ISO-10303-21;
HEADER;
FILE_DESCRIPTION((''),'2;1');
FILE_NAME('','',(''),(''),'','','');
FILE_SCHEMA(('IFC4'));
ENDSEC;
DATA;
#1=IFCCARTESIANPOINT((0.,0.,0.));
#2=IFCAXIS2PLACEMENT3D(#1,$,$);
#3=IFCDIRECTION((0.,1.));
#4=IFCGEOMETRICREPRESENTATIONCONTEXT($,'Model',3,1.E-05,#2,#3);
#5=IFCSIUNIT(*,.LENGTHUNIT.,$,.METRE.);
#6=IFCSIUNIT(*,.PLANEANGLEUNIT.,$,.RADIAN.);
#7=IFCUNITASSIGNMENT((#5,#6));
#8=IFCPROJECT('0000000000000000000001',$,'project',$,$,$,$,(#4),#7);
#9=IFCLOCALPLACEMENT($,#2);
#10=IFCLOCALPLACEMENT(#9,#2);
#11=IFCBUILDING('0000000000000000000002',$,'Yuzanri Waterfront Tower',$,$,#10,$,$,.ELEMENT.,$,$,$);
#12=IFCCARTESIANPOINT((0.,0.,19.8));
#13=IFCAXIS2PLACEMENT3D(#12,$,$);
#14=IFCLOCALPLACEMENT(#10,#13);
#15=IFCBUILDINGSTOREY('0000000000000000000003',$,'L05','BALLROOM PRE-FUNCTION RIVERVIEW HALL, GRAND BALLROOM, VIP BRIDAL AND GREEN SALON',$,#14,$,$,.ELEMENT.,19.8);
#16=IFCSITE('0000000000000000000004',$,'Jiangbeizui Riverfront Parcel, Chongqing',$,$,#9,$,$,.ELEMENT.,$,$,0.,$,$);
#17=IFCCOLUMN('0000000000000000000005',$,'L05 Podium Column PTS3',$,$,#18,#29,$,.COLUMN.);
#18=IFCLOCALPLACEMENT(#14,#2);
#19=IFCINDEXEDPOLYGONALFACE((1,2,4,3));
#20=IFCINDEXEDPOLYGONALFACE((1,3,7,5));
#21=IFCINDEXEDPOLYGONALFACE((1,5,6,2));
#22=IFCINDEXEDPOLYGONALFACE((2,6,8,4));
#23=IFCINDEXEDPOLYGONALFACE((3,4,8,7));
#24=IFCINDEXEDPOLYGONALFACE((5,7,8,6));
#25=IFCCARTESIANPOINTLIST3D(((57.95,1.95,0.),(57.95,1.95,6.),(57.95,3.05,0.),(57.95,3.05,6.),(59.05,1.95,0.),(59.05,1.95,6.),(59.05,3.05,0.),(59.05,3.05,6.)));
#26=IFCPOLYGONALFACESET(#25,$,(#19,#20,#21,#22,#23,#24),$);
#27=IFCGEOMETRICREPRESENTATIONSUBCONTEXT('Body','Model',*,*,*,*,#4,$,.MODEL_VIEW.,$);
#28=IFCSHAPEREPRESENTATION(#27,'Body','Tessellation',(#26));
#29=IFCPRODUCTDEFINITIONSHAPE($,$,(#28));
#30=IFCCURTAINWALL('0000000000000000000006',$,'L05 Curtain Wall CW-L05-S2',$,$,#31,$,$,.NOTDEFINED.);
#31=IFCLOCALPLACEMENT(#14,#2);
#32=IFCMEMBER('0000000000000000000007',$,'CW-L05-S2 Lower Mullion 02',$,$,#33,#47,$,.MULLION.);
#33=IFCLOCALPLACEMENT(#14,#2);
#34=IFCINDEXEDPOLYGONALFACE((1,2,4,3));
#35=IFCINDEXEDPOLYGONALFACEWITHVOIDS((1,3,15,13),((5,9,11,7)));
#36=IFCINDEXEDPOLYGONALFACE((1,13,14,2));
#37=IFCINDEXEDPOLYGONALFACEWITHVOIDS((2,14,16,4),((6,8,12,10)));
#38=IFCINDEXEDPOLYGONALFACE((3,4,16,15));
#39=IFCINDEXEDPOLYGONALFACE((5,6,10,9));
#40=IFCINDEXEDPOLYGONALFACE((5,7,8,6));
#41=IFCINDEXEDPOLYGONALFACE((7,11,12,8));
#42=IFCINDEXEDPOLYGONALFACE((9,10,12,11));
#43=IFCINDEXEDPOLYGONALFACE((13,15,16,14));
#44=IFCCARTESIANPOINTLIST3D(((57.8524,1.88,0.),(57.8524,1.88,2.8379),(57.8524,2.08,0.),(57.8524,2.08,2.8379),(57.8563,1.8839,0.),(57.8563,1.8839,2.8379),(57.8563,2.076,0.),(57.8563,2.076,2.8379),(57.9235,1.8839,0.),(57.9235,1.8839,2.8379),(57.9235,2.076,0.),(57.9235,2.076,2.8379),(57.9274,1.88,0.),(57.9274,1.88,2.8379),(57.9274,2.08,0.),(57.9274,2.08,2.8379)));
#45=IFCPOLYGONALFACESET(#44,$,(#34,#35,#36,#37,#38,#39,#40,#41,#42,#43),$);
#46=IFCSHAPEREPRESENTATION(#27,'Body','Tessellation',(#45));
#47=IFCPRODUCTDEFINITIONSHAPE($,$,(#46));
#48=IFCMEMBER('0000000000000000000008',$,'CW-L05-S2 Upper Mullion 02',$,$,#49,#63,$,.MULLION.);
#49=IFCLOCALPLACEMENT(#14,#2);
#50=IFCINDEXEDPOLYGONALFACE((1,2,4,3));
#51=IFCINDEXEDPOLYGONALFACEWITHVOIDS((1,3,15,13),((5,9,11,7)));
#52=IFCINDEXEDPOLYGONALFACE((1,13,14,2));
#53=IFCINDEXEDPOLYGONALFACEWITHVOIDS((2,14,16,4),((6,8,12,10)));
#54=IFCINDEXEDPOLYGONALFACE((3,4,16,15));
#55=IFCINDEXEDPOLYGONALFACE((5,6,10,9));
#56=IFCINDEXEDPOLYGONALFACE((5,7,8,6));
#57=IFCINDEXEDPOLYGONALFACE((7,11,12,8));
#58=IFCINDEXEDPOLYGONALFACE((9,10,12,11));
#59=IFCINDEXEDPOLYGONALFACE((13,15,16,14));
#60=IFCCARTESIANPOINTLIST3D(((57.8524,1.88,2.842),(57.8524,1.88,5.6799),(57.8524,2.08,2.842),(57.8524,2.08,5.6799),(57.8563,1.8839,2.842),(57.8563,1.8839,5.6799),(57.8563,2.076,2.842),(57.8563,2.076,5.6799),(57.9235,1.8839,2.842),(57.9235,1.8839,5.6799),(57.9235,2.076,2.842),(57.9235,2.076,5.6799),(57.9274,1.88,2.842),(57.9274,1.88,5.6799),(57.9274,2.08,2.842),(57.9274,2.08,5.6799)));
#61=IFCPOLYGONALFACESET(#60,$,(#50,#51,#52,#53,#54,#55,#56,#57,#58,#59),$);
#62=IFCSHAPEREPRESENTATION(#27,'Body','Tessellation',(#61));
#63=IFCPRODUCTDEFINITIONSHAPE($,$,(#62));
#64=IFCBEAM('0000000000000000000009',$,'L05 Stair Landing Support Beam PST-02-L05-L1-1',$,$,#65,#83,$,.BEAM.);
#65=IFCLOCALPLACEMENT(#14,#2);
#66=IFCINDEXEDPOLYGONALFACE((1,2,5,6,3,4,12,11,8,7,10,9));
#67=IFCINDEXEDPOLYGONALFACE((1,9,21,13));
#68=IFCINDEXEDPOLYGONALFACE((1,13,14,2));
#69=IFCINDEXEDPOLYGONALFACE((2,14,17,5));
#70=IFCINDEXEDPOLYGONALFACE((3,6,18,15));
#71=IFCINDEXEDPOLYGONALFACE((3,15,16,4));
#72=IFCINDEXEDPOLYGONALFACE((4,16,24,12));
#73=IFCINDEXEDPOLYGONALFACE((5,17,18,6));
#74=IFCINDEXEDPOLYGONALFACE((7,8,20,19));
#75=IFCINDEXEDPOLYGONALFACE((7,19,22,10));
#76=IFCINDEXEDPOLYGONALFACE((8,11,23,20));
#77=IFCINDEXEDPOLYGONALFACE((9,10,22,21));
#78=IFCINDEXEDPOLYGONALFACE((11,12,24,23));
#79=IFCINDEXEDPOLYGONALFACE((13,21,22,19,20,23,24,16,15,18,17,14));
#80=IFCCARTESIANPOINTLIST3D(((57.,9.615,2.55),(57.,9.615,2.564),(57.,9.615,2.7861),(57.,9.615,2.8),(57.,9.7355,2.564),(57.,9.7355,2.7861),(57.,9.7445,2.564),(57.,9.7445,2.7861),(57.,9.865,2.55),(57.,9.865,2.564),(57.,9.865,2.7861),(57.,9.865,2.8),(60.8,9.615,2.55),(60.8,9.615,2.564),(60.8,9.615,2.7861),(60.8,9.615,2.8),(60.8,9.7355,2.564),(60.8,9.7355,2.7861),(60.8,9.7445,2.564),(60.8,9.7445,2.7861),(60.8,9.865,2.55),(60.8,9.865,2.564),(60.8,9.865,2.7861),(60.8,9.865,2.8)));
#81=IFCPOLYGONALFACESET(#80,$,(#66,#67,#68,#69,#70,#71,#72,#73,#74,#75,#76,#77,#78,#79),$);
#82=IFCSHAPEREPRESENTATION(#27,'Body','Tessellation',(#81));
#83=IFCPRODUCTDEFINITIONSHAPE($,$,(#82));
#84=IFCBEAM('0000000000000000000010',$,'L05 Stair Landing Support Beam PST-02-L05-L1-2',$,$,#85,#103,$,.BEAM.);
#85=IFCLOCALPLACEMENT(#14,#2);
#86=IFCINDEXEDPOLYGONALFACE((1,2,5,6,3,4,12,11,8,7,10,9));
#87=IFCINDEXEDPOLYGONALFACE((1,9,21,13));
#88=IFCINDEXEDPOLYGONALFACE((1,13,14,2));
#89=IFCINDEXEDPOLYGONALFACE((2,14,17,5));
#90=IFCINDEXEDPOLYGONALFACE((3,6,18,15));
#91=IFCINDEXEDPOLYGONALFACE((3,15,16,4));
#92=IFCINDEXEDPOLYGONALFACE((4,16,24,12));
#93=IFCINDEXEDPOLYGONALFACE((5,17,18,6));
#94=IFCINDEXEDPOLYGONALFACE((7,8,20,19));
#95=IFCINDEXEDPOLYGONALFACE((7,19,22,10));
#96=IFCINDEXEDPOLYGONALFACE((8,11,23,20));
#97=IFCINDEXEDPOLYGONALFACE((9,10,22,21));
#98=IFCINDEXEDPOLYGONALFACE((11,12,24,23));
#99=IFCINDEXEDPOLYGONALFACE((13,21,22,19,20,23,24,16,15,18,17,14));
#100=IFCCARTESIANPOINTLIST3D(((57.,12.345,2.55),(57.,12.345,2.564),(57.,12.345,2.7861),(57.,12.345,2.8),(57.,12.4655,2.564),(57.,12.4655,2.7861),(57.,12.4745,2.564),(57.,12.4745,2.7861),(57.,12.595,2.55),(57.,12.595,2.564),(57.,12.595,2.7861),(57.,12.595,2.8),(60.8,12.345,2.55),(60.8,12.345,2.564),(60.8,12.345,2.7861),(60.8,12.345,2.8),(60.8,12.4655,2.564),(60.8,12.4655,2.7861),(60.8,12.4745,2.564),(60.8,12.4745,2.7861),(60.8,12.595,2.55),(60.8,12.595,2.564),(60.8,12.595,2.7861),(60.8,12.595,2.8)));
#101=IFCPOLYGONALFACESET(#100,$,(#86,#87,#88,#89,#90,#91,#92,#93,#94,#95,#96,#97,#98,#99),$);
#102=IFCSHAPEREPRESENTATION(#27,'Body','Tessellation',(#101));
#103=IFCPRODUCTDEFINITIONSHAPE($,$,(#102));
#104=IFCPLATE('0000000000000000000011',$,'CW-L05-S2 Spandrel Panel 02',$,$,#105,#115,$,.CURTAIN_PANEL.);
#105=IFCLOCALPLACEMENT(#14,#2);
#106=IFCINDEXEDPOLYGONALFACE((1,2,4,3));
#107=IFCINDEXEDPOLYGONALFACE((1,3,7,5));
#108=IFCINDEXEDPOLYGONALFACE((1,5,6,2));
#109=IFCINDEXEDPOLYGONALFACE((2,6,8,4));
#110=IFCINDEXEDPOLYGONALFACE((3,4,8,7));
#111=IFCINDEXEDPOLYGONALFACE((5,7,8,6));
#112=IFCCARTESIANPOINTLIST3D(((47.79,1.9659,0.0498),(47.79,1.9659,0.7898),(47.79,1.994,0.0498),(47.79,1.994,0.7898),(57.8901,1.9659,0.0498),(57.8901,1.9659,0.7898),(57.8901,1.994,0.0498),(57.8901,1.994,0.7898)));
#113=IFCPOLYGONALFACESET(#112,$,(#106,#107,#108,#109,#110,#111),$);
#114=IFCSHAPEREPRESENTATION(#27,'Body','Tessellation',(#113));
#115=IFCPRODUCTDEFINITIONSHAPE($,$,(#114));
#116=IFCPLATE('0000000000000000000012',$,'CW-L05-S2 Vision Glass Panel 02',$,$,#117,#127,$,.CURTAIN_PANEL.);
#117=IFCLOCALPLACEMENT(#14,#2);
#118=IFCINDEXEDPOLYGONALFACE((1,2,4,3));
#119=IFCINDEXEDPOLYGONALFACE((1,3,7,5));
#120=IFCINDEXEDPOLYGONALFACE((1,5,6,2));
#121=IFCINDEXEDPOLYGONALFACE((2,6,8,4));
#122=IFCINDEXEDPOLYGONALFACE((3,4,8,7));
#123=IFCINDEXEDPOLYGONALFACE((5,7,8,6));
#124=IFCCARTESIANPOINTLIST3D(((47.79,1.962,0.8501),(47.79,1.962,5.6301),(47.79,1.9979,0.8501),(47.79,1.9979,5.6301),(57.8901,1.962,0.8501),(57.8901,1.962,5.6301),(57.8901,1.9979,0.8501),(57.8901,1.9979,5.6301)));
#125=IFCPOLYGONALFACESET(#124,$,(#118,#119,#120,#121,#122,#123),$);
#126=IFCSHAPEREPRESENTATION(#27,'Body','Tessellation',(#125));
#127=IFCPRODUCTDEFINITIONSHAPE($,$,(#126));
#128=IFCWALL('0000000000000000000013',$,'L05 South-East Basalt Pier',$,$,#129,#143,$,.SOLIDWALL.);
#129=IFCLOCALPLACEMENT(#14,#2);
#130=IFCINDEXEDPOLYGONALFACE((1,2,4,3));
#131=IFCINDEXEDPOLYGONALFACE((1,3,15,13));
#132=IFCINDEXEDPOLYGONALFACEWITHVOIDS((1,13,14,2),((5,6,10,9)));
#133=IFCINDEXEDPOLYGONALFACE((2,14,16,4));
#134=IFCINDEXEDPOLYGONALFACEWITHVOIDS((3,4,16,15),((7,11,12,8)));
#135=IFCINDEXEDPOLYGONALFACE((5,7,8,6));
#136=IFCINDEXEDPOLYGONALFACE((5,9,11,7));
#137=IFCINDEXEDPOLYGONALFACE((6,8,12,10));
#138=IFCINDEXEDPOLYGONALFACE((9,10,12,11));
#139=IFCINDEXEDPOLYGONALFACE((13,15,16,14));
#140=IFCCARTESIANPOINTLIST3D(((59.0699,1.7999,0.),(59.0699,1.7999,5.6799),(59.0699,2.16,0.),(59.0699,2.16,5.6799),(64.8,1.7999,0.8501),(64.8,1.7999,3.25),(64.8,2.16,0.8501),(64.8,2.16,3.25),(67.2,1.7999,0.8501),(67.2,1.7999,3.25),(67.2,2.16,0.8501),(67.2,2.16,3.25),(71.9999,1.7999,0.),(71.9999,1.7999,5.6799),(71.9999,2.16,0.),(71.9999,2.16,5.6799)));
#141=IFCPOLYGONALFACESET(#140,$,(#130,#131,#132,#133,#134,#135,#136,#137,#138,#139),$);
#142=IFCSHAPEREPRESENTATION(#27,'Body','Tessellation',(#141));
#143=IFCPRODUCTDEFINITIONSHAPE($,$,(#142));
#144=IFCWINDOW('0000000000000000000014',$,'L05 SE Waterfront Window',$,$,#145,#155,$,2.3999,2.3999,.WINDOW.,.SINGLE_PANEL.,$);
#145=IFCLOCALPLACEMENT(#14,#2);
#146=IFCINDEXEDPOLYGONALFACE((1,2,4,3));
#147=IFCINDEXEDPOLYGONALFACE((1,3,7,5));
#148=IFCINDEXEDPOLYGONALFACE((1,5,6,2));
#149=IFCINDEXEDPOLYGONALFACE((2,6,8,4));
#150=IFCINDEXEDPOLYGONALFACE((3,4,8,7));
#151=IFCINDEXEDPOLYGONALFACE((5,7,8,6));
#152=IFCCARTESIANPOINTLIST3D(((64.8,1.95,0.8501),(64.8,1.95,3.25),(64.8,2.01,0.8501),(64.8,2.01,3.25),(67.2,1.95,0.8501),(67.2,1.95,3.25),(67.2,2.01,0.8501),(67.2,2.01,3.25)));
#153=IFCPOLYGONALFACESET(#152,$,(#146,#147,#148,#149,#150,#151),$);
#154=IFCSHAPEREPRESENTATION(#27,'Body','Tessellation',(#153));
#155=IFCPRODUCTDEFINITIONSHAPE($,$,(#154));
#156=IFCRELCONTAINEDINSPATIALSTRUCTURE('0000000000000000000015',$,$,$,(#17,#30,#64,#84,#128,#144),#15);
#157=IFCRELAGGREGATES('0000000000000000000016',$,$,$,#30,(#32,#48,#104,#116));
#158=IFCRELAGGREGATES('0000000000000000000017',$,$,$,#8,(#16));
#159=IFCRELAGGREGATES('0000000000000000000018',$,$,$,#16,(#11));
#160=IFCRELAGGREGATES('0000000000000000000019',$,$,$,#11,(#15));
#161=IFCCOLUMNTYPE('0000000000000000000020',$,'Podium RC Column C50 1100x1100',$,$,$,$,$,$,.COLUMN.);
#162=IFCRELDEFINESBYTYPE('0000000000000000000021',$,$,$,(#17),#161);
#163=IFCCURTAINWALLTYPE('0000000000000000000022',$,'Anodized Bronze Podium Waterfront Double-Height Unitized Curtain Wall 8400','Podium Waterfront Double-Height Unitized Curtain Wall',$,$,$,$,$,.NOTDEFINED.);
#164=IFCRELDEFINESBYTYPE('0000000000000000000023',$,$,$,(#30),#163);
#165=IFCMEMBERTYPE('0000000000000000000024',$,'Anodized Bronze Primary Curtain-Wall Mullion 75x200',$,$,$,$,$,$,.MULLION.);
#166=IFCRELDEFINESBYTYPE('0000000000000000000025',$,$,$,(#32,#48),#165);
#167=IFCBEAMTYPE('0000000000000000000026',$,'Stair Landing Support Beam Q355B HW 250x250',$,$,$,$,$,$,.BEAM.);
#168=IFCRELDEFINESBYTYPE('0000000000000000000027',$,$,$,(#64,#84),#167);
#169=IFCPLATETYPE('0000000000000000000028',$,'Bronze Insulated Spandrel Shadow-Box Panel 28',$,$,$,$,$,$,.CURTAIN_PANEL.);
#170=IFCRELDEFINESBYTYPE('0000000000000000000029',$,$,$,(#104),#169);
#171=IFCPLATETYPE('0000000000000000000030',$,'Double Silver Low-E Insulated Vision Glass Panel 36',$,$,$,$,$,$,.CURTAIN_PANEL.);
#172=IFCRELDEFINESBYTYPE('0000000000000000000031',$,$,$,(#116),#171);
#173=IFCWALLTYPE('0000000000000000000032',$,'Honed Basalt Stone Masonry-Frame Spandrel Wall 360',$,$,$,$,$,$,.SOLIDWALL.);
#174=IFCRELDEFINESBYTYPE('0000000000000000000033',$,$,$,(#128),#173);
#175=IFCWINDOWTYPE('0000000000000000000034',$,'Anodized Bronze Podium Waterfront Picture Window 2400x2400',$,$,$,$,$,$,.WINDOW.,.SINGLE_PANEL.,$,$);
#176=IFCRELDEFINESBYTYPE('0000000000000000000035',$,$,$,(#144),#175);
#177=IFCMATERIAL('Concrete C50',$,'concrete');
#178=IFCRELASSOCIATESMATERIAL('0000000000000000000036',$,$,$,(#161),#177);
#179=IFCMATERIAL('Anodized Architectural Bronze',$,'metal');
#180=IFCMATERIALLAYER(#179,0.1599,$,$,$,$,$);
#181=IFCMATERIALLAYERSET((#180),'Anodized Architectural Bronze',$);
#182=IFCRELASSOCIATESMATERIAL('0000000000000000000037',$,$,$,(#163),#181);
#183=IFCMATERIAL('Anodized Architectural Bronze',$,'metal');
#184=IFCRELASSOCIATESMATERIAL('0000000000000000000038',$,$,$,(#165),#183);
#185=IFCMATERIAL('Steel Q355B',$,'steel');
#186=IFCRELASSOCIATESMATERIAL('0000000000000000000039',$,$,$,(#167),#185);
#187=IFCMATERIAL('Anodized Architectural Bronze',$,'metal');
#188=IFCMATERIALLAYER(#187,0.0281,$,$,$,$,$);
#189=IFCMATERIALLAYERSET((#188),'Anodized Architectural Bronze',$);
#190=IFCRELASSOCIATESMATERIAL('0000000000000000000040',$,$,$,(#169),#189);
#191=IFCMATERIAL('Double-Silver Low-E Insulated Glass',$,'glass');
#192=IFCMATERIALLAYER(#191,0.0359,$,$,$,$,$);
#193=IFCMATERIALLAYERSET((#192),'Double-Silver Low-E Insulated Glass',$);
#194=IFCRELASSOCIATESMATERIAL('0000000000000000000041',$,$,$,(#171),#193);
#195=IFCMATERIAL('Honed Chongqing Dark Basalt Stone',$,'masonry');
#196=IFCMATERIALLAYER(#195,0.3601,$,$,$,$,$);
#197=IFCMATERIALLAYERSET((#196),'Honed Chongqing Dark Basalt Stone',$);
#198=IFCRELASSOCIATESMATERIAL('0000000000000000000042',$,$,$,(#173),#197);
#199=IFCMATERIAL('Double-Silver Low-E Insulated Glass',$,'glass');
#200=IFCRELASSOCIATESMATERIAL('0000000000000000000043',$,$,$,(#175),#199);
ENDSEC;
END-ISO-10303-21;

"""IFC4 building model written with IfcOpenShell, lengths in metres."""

from ifc_helpers import new_model, si_unit, direction, frame, frame_2d, origin, origin_2d, place, context, subcontext, project, spatial, rectangle, hollow_rectangle, i_section, extrude, source, transform, mapped, material, layer, layer_set, material_profile, profile_set, type_object, element, fill, aggregate, save


model = new_model("IFC4")

# Units and contexts
model_context = context("Model", 3, precision=1e-05, world=origin(), true_north=direction((0.0, 1.0)))
body_context = subcontext(model_context, "Body", "Model", "MODEL_VIEW")
ifc_project = project(units=[si_unit("LENGTHUNIT", "METRE"), si_unit("PLANEANGLEUNIT", "RADIAN")], contexts=[model_context])

# Site, building, storey
site_placement = place(None, origin())
site = spatial("IfcSite", under=ifc_project, at=site_placement, Name="Jiangbeizui Riverfront Parcel, Chongqing", CompositionType="ELEMENT", RefElevation=0.0)
building_placement = place(site_placement, origin())
building = spatial("IfcBuilding", under=site, at=building_placement, Name="Yuzanri Waterfront Tower", CompositionType="ELEMENT")
storey_placement = place(building_placement, frame((0.0, 0.0, 19.8)))
storey = spatial("IfcBuildingStorey", under=building, at=storey_placement, Name="L05", Description="BALLROOM PRE-FUNCTION RIVERVIEW HALL, GRAND BALLROOM, VIP BRIDAL AND GREEN SALON", CompositionType="ELEMENT", Elevation=19.8)

# Column
ifc_material_1 = material(Name="Concrete C50", Category="concrete")
ifc_material_profile_1 = material_profile(ifc_material_1, rectangle(XDim=1.1001, YDim=1.1001, at=origin_2d()), Name="RC 1100x1100")
ifc_profile_set_1 = profile_set([ifc_material_profile_1], Name="Concrete C50")
column_type = type_object("IfcColumnType", Name="Podium RC Column C50 1100x1100", PredefinedType="COLUMN", material=ifc_profile_set_1)
shared_shape_1 = source(origin(), body_context, "Body", "SweptSolid", [
    extrude(rectangle(XDim=1.1001, YDim=1.1001, at=origin_2d()), origin(), (0.0, 0.0, 1.0), 6.0),
])
column_placement = place(storey_placement, frame((58.5, 2.5, 0.0), z_axis=(0.0, 0.0, 1.0), x_axis=(1.0, 0.0, 0.0)))
element("IfcColumn", 1, at=column_placement, inside=storey, type_object=column_type, Name="L05 Podium Column PTS3", PredefinedType="COLUMN", context=body_context, shape_type="MappedRepresentation", body=[
    mapped(shared_shape_1, transform((0.0, 0.0, 0.0), scale=1.0)),
])

# Curtain wall, members
ifc_material_2 = material(Name="Anodized Architectural Bronze", Category="metal")
ifc_layer_1 = layer(ifc_material_2, 0.1599)
ifc_layer_set_1 = layer_set([ifc_layer_1], Name="Anodized Architectural Bronze")
curtain_wall_type = type_object("IfcCurtainWallType", Name="Anodized Bronze Podium Waterfront Double-Height Unitized Curtain Wall 8400", Description="Podium Waterfront Double-Height Unitized Curtain Wall", PredefinedType="NOTDEFINED", material=ifc_layer_set_1)
curtain_wall_placement = place(storey_placement, origin())
curtain_wall = element("IfcCurtainWall", 2, at=curtain_wall_placement, inside=storey, type_object=curtain_wall_type, Name="L05 Curtain Wall CW-L05-S2", PredefinedType="NOTDEFINED")
ifc_material_3 = material(Name="Anodized Architectural Bronze", Category="metal")
ifc_material_profile_2 = material_profile(ifc_material_3, hollow_rectangle(XDim=0.075, YDim=0.2, WallThickness=0.0039, at=origin_2d()), Name="CWM 75x200")
ifc_profile_set_2 = profile_set([ifc_material_profile_2], Name="Anodized Architectural Bronze")
member_type = type_object("IfcMemberType", Name="Anodized Bronze Primary Curtain-Wall Mullion 75x200", PredefinedType="MULLION", material=ifc_profile_set_2)
shared_shape_2 = source(origin(), body_context, "Body", "SweptSolid", [
    extrude(hollow_rectangle(XDim=0.075, YDim=0.2, WallThickness=0.0039, at=origin_2d()), origin(), (0.0, 0.0, 1.0), 2.8379),
])
member_1_placement = place(storey_placement, frame((57.8899, 1.98, 0.0), z_axis=(0.0, 0.0, 1.0), x_axis=(1.0, 0.0, 0.0)))
member_1 = element("IfcMember", 3, at=member_1_placement, type_object=member_type, Name="CW-L05-S2 Lower Mullion 02", PredefinedType="MULLION", context=body_context, shape_type="MappedRepresentation", body=[
    mapped(shared_shape_2, transform((0.0, 0.0, 0.0), scale=1.0)),
])
member_2_placement = place(storey_placement, frame((57.8899, 1.98, 2.842), z_axis=(0.0, 0.0, 1.0), x_axis=(1.0, 0.0, 0.0)))
member_2 = element("IfcMember", 4, at=member_2_placement, type_object=member_type, Name="CW-L05-S2 Upper Mullion 02", PredefinedType="MULLION", context=body_context, shape_type="MappedRepresentation", body=[
    mapped(shared_shape_2, transform((0.0, 0.0, 0.0), scale=1.0)),
])

# Beams
ifc_material_4 = material(Name="Steel Q355B", Category="steel")
ifc_material_profile_3 = material_profile(ifc_material_4, i_section(OverallWidth=0.25, OverallDepth=0.25, WebThickness=0.009, FlangeThickness=0.0139, at=origin_2d()), Name="HW 250x250x9x14")
ifc_profile_set_3 = profile_set([ifc_material_profile_3], Name="Steel Q355B")
beam_type = type_object("IfcBeamType", Name="Stair Landing Support Beam Q355B HW 250x250", PredefinedType="BEAM", material=ifc_profile_set_3)
shared_shape_3 = source(origin(), body_context, "Body", "SweptSolid", [
    extrude(i_section(OverallWidth=0.25, OverallDepth=0.25, WebThickness=0.009, FlangeThickness=0.0139, at=origin_2d()), origin(), (0.0, 0.0, 1.0), 3.8),
])
for number, where, z_axis, x_axis, name in (
    (5, (57.0, 9.74, 2.675), (1.0, 0.0, 0.0), (0.0, 1.0, 0.0), "L05 Stair Landing Support Beam PST-02-L05-L1-1"),
    (6, (57.0, 12.47, 2.675), (1.0, 0.0, 0.0), (0.0, 1.0, 0.0), "L05 Stair Landing Support Beam PST-02-L05-L1-2"),
):
    element("IfcBeam", number, at=place(storey_placement, frame(where, z_axis=z_axis, x_axis=x_axis)), inside=storey, type_object=beam_type, Name=name, PredefinedType="BEAM", context=body_context, shape_type="MappedRepresentation", body=[
        mapped(shared_shape_3, transform((0.0, 0.0, 0.0), scale=1.0)),
    ])

# Plates
ifc_material_5 = material(Name="Anodized Architectural Bronze", Category="metal")
ifc_layer_2 = layer(ifc_material_5, 0.0281)
ifc_layer_set_2 = layer_set([ifc_layer_2], Name="Anodized Architectural Bronze")
plate_type_1 = type_object("IfcPlateType", Name="Bronze Insulated Spandrel Shadow-Box Panel 28", PredefinedType="CURTAIN_PANEL", material=ifc_layer_set_2)
shared_shape_4 = source(origin(), body_context, "Body", "SweptSolid", [
    extrude(rectangle(XDim=10.1001, YDim=0.0281, at=origin_2d()), origin(), (0.0, 0.0, 1.0), 0.74),
])
plate_1_placement = place(storey_placement, frame((52.8401, 1.98, 0.0498), z_axis=(0.0, 0.0, 1.0), x_axis=(1.0, 0.0, 0.0)))
plate_1 = element("IfcPlate", 7, at=plate_1_placement, type_object=plate_type_1, Name="CW-L05-S2 Spandrel Panel 02", PredefinedType="CURTAIN_PANEL", context=body_context, shape_type="MappedRepresentation", body=[
    mapped(shared_shape_4, transform((0.0, 0.0, 0.0), scale=1.0)),
])
ifc_material_6 = material(Name="Double-Silver Low-E Insulated Glass", Category="glass")
ifc_layer_3 = layer(ifc_material_6, 0.0359)
ifc_layer_set_3 = layer_set([ifc_layer_3], Name="Double-Silver Low-E Insulated Glass")
plate_type_2 = type_object("IfcPlateType", Name="Double Silver Low-E Insulated Vision Glass Panel 36", PredefinedType="CURTAIN_PANEL", material=ifc_layer_set_3)
shared_shape_5 = source(origin(), body_context, "Body", "SweptSolid", [
    extrude(rectangle(XDim=10.1001, YDim=0.0359, at=origin_2d()), origin(), (0.0, 0.0, 1.0), 4.78),
])
plate_2_placement = place(storey_placement, frame((52.8401, 1.98, 0.8501), z_axis=(0.0, 0.0, 1.0), x_axis=(1.0, 0.0, 0.0)))
plate_2 = element("IfcPlate", 8, at=plate_2_placement, type_object=plate_type_2, Name="CW-L05-S2 Vision Glass Panel 02", PredefinedType="CURTAIN_PANEL", context=body_context, shape_type="MappedRepresentation", body=[
    mapped(shared_shape_5, transform((0.0, 0.0, 0.0), scale=1.0)),
])
aggregate(curtain_wall, [member_1, member_2, plate_1, plate_2])

# Wall, opening, window
ifc_material_7 = material(Name="Honed Chongqing Dark Basalt Stone", Category="masonry")
ifc_layer_4 = layer(ifc_material_7, 0.3601)
ifc_layer_set_4 = layer_set([ifc_layer_4], Name="Honed Chongqing Dark Basalt Stone")
wall_type_1 = type_object("IfcWallType", Name="Honed Basalt Stone Masonry-Frame Spandrel Wall 360", PredefinedType="SOLIDWALL", material=ifc_layer_set_4)
wall_1_placement = place(storey_placement, frame((59.0701, 1.98, 0.0), z_axis=(0.0, 0.0, 1.0), x_axis=(1.0, 0.0, 0.0)))
wall_1 = element("IfcWall", 9, at=wall_1_placement, inside=storey, type_object=wall_type_1, Name="L05 South-East Basalt Pier", PredefinedType="SOLIDWALL", context=body_context, shape_type="SweptSolid", body=[
    extrude(rectangle(XDim=12.9299, YDim=0.3601, at=frame_2d((6.4648, 0.0))), origin(), (0.0, 0.0, 1.0), 5.6799),
])
opening_1_placement = place(wall_1_placement, frame((5.73, 0.0, 0.8501)))
opening_1 = element("IfcOpeningElement", 10, at=opening_1_placement, cuts=wall_1, PredefinedType="OPENING", context=body_context, shape_type="SweptSolid", body=[
    extrude(rectangle(XDim=2.3999, YDim=2.3999, at=frame_2d((1.2, 1.2))), frame((0.0, 0.1948, 0.0), z_axis=(0.0, -1.0, 0.0), x_axis=(1.0, 0.0, 0.0)), (0.0, 0.0, 1.0), 0.3899),
])
ifc_material_8 = material(Name="Double-Silver Low-E Insulated Glass", Category="glass")
window_type = type_object("IfcWindowType", Name="Anodized Bronze Podium Waterfront Picture Window 2400x2400", PartitioningType="SINGLE_PANEL", PredefinedType="WINDOW", material=ifc_material_8)
shared_shape_6 = source(origin(), body_context, "Body", "SweptSolid", [
    extrude(rectangle(XDim=2.3999, YDim=2.3999, at=frame_2d((1.2, 1.2))), frame((0.0, 0.03, 0.0), z_axis=(0.0, -1.0, 0.0), x_axis=(1.0, 0.0, 0.0)), (0.0, 0.0, 1.0), 0.0601),
])
window_placement = place(opening_1_placement, origin())
window = element("IfcWindow", 11, at=window_placement, inside=storey, type_object=window_type, Name="L05 SE Waterfront Window", OverallHeight=2.3999, OverallWidth=2.3999, PartitioningType="SINGLE_PANEL", PredefinedType="WINDOW", context=body_context, shape_type="MappedRepresentation", body=[
    mapped(shared_shape_6, transform((0.0, 0.0, 0.0), scale=1.0)),
])
fill(opening_1, window)

save(model, "model.ifc")
